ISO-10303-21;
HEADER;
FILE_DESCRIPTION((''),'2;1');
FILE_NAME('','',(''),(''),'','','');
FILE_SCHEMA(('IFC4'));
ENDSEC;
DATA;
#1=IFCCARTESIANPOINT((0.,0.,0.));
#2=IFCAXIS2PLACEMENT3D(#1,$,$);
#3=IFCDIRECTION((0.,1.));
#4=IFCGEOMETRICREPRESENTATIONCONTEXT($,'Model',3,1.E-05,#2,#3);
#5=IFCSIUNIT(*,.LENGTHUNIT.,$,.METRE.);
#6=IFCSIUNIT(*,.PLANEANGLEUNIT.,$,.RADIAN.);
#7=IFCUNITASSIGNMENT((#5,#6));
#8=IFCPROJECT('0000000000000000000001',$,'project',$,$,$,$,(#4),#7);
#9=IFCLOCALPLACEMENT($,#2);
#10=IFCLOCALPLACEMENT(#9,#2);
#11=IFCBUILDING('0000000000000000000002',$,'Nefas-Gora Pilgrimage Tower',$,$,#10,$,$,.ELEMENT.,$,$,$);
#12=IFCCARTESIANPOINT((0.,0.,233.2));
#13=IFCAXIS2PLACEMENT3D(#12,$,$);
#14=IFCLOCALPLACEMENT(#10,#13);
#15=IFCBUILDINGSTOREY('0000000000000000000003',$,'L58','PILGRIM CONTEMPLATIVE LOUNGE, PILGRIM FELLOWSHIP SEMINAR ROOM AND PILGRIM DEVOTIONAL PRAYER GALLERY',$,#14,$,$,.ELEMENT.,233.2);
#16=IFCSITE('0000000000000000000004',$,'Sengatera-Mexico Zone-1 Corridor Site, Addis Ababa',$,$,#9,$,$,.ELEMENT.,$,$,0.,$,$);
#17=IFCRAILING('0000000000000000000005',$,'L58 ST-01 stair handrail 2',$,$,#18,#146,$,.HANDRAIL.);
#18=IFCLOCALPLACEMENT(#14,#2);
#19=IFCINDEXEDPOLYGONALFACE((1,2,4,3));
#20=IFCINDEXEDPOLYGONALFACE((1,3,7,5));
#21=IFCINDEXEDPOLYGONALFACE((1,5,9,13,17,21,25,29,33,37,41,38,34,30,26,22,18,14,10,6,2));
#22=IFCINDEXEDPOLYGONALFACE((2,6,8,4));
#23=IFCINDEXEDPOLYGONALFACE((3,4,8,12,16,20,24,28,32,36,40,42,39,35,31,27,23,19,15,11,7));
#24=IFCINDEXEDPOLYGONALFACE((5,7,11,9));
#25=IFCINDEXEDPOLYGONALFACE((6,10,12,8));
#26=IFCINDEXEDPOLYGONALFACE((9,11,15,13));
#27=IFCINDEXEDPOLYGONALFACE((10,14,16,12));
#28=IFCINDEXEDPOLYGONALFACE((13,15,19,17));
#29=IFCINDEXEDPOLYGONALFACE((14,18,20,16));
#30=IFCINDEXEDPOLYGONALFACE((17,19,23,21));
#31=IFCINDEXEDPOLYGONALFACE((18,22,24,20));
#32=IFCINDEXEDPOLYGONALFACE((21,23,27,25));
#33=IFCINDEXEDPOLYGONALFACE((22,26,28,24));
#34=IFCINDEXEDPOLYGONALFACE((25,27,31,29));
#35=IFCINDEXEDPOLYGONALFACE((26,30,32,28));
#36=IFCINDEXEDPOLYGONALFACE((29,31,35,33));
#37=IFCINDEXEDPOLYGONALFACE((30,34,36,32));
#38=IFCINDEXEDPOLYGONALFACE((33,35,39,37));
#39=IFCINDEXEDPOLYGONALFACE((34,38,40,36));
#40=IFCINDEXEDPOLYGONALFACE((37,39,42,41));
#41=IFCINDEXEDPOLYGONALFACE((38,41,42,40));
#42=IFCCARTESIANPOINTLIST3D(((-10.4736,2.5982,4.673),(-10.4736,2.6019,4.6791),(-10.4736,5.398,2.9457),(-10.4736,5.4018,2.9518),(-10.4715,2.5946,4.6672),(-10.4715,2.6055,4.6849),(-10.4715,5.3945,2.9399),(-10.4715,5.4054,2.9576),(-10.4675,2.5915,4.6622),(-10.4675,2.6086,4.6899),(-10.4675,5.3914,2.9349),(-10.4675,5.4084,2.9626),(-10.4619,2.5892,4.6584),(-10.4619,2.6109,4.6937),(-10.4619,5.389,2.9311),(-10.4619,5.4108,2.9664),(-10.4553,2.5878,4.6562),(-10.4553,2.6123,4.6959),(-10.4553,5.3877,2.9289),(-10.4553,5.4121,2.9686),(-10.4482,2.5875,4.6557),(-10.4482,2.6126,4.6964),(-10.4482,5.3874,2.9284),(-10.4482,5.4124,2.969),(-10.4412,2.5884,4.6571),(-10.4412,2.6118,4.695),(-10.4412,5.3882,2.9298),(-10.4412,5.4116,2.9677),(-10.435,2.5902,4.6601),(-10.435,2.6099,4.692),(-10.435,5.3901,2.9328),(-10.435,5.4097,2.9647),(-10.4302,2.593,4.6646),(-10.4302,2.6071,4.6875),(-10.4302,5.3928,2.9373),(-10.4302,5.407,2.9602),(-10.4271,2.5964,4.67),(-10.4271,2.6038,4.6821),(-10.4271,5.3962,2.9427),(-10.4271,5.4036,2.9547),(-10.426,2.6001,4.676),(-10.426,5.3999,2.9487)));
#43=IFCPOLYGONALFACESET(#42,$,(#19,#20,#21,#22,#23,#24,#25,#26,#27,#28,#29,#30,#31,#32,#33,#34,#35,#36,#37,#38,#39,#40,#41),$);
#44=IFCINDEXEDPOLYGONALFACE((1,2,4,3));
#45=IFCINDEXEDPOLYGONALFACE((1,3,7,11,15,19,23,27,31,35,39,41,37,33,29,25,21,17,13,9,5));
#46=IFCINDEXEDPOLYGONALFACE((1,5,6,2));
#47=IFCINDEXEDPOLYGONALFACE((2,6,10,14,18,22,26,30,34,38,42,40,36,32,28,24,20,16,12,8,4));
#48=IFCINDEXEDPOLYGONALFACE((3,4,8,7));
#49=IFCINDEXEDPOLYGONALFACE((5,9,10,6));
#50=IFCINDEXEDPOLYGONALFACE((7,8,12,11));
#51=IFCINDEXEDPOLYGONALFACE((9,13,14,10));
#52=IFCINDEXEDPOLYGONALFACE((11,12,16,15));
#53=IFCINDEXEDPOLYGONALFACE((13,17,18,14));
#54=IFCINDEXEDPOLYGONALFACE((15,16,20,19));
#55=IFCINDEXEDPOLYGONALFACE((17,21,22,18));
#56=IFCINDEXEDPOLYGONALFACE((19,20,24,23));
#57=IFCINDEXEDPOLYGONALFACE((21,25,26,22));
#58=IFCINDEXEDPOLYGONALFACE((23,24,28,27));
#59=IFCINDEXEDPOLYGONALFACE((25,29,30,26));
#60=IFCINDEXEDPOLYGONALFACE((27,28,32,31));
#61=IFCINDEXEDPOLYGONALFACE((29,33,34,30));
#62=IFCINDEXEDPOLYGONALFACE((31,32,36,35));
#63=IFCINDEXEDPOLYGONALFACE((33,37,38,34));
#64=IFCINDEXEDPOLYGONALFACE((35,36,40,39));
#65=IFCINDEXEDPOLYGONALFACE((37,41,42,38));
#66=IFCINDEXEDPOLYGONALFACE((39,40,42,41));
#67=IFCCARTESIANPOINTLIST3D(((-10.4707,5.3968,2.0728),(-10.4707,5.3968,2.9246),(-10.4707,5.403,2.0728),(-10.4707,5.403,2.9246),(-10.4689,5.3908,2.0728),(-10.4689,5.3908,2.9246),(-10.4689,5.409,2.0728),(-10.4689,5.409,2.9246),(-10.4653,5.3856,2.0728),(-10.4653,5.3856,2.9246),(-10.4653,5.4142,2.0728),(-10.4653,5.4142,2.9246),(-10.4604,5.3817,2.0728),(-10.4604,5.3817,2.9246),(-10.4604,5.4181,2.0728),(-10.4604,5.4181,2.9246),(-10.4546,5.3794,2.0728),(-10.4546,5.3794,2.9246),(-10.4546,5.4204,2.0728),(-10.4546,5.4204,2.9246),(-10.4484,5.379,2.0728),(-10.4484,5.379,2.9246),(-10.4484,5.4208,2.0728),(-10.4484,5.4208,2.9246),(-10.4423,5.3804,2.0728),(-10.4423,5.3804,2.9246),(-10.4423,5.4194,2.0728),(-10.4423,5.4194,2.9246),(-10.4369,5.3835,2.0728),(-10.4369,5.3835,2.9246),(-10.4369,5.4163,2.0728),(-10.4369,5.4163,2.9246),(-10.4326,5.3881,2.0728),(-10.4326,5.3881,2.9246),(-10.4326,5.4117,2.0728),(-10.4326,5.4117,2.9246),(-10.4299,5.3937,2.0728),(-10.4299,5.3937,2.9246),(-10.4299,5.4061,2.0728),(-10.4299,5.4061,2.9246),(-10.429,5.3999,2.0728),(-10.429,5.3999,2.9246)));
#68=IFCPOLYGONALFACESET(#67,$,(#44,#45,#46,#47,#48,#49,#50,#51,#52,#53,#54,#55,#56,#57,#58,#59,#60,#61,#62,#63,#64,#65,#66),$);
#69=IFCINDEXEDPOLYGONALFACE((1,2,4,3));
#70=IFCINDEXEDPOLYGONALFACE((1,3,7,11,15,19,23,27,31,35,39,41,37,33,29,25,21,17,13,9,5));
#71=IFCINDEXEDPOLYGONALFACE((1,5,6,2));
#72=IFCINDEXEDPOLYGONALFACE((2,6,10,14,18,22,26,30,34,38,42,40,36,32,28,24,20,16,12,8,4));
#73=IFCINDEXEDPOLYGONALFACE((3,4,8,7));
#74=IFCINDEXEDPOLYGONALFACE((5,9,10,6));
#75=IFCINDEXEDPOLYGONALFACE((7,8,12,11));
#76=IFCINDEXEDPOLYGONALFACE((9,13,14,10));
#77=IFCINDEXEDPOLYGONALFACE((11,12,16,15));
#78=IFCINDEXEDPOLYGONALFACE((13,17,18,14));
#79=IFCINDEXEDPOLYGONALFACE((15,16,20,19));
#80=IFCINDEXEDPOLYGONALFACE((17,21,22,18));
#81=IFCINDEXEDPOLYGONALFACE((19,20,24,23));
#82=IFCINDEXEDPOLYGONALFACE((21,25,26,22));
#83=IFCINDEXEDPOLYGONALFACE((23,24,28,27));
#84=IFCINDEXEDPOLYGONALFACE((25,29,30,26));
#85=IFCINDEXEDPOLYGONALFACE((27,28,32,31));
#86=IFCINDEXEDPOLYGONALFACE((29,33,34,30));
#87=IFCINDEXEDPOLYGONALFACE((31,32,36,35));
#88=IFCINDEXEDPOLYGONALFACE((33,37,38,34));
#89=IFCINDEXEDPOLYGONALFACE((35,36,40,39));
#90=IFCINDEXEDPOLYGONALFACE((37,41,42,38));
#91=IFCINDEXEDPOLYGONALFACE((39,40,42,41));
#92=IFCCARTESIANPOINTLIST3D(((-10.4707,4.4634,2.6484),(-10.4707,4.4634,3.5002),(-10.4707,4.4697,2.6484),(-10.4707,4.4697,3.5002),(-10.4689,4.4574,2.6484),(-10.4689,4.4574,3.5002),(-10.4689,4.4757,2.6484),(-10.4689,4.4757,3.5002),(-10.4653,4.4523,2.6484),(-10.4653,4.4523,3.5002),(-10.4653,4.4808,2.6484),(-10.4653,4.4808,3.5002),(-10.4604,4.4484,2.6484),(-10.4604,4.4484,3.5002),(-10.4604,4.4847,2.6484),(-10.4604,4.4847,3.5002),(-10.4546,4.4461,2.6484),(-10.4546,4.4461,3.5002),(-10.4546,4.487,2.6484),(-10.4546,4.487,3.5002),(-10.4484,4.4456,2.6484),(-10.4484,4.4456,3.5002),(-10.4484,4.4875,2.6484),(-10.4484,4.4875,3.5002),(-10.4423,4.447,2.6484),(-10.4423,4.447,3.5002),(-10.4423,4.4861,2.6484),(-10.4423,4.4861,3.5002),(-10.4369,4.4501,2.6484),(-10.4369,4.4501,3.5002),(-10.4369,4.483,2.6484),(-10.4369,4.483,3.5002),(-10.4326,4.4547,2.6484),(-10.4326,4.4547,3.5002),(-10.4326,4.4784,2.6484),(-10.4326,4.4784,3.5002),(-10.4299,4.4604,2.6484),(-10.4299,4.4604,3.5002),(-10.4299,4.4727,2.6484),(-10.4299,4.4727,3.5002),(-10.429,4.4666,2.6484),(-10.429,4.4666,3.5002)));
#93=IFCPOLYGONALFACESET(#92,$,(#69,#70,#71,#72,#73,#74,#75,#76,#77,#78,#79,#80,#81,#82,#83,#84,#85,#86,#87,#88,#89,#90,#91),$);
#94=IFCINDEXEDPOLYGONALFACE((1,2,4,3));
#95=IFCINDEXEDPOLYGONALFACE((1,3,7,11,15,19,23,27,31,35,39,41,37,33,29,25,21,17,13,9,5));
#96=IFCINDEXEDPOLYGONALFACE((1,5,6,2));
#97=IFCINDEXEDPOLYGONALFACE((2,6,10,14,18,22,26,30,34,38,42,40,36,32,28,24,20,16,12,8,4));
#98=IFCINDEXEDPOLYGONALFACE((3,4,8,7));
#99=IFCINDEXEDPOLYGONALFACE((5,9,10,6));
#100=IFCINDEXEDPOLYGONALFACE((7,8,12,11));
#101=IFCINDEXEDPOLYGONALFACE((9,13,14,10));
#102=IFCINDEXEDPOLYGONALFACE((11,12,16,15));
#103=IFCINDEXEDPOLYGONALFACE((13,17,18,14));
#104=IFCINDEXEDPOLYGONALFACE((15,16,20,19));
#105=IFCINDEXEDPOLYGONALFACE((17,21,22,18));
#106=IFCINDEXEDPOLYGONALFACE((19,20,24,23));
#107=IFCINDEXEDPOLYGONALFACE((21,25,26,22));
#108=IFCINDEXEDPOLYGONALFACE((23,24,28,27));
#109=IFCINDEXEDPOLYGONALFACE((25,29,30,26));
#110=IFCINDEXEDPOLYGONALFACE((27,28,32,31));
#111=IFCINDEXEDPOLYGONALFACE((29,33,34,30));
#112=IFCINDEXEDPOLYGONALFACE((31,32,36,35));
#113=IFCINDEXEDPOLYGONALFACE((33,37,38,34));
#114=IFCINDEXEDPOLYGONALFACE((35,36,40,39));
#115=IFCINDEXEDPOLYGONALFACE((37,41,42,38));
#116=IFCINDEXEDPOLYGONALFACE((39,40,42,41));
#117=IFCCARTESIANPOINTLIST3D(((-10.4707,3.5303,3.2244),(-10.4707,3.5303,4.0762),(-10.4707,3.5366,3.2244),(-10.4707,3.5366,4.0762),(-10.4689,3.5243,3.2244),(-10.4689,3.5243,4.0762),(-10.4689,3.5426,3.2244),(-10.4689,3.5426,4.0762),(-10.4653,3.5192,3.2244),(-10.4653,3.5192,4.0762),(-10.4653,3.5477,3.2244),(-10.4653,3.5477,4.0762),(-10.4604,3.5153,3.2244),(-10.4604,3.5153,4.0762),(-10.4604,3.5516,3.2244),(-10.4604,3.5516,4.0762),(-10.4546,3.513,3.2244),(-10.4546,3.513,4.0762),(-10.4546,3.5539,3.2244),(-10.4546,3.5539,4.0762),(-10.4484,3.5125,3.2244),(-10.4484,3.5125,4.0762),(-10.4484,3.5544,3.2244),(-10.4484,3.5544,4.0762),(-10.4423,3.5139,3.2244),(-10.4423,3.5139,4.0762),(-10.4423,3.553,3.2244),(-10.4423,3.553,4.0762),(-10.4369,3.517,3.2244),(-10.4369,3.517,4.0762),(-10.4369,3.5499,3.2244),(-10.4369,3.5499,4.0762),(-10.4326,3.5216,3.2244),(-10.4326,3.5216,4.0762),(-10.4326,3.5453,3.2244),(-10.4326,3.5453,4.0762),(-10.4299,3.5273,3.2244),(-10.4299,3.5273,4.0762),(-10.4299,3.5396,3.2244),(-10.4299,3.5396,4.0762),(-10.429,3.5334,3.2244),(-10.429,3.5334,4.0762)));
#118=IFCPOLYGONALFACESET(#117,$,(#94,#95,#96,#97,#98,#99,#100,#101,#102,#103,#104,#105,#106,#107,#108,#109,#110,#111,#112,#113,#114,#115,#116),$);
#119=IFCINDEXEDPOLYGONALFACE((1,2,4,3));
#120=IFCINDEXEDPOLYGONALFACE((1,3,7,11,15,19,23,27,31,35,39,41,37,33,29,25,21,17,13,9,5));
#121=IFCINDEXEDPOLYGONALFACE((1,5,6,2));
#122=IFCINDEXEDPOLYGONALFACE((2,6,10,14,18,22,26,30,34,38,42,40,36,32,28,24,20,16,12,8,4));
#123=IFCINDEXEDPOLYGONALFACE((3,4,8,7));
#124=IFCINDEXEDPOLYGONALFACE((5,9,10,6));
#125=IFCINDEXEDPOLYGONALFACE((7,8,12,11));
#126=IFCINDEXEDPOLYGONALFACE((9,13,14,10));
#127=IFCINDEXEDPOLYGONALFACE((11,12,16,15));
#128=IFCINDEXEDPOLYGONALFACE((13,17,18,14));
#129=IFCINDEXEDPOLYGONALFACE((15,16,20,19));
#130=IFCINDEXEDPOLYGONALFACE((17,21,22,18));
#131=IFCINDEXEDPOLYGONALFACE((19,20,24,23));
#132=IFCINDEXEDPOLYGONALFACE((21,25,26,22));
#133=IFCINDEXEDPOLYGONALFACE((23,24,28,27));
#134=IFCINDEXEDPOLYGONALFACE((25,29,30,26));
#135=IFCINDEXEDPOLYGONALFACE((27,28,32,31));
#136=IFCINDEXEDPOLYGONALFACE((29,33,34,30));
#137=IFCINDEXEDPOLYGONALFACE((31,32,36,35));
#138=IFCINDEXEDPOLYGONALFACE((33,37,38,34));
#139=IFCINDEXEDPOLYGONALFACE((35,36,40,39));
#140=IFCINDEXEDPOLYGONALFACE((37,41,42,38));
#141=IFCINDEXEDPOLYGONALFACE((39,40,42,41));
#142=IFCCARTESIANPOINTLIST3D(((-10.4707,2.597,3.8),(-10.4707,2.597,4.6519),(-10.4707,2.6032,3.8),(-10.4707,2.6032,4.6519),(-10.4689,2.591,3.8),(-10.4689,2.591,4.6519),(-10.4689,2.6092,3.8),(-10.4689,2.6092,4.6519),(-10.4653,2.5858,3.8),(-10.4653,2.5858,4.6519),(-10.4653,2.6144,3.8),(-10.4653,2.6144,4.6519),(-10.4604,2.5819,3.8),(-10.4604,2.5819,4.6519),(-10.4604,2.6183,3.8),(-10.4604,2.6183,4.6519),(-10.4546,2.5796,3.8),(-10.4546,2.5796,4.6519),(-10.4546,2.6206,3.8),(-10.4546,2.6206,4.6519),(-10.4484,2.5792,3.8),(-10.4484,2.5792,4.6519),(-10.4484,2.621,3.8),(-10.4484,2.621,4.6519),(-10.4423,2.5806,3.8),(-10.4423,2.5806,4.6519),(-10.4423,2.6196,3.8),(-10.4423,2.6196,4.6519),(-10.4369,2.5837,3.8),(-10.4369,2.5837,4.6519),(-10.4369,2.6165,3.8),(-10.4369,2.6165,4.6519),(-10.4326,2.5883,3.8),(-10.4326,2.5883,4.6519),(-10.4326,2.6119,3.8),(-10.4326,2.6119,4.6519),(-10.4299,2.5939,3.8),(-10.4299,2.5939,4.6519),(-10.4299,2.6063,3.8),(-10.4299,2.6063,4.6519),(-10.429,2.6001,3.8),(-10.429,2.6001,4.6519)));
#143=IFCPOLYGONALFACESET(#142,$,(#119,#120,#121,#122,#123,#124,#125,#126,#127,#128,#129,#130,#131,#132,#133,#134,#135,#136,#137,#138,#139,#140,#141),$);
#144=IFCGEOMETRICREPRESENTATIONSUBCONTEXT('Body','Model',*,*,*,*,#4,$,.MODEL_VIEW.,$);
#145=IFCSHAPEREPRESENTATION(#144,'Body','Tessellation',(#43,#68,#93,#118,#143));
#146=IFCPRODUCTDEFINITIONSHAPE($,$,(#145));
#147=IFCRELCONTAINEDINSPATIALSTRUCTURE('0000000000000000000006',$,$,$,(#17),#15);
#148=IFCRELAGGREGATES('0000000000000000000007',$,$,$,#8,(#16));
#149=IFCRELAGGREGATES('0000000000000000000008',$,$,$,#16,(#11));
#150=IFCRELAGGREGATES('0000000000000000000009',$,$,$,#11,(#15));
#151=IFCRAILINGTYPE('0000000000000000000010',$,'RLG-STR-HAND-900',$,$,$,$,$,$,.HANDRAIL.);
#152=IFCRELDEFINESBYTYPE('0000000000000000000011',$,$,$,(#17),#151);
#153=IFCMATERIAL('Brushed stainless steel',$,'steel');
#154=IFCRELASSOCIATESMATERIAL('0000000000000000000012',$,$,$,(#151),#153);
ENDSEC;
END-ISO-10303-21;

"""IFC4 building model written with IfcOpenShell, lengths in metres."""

from ifc_helpers import new_model, si_unit, direction, frame, origin, origin_2d, place, context, subcontext, project, spatial, circle, extrude, material, type_object, element, save


model = new_model("IFC4")

# Units and contexts
model_context = context("Model", 3, precision=1e-05, world=origin(), true_north=direction((0.0, 1.0)))
body_context = subcontext(model_context, "Body", "Model", "MODEL_VIEW")
ifc_project = project(units=[si_unit("LENGTHUNIT", "METRE"), si_unit("PLANEANGLEUNIT", "RADIAN")], contexts=[model_context])

# Site, building, storey
site_placement = place(None, origin())
site = spatial("IfcSite", under=ifc_project, at=site_placement, Name="Sengatera-Mexico Zone-1 Corridor Site, Addis Ababa", CompositionType="ELEMENT", RefElevation=0.0)
building_placement = place(site_placement, origin())
building = spatial("IfcBuilding", under=site, at=building_placement, Name="Nefas-Gora Pilgrimage Tower", CompositionType="ELEMENT")
storey_placement = place(building_placement, frame((0.0, 0.0, 233.2)))
storey = spatial("IfcBuildingStorey", under=building, at=storey_placement, Name="L58", Description="PILGRIM CONTEMPLATIVE LOUNGE, PILGRIM FELLOWSHIP SEMINAR ROOM AND PILGRIM DEVOTIONAL PRAYER GALLERY", CompositionType="ELEMENT", Elevation=233.2)

# Railing
ifc_material_1 = material(Name="Brushed stainless steel", Category="steel")
railing_type_1 = type_object("IfcRailingType", Name="RLG-STR-HAND-900", PredefinedType="HANDRAIL", material=ifc_material_1)
railing_1_placement = place(storey_placement, frame((-10.45, 5.3999, 2.0728)))
element("IfcRailing", 1, at=railing_1_placement, inside=storey, type_object=railing_type_1, Name="L58 ST-01 stair handrail 2", PredefinedType="HANDRAIL", context=body_context, shape_type="SweptSolid", body=[
    extrude(circle(Radius=0.0239, at=origin_2d()), frame((0.0, 0.0, 0.876), z_axis=(0.0, -0.851069, 0.525054), x_axis=(1.0, 0.0, 0.0)), (0.0, 0.0, 1.0), 3.2898),
    extrude(circle(Radius=0.021, at=origin_2d()), origin(), (0.0, 0.0, 1.0), 0.8518),
    extrude(circle(Radius=0.021, at=origin_2d()), frame((0.0, -0.9333, 0.5757)), (0.0, 0.0, 1.0), 0.8518),
    extrude(circle(Radius=0.021, at=origin_2d()), frame((0.0, -1.8665, 1.1516)), (0.0, 0.0, 1.0), 0.8518),
    extrude(circle(Radius=0.021, at=origin_2d()), frame((0.0, -2.7998, 1.7273)), (0.0, 0.0, 1.0), 0.8518),
])

save(model, "model.ifc")
